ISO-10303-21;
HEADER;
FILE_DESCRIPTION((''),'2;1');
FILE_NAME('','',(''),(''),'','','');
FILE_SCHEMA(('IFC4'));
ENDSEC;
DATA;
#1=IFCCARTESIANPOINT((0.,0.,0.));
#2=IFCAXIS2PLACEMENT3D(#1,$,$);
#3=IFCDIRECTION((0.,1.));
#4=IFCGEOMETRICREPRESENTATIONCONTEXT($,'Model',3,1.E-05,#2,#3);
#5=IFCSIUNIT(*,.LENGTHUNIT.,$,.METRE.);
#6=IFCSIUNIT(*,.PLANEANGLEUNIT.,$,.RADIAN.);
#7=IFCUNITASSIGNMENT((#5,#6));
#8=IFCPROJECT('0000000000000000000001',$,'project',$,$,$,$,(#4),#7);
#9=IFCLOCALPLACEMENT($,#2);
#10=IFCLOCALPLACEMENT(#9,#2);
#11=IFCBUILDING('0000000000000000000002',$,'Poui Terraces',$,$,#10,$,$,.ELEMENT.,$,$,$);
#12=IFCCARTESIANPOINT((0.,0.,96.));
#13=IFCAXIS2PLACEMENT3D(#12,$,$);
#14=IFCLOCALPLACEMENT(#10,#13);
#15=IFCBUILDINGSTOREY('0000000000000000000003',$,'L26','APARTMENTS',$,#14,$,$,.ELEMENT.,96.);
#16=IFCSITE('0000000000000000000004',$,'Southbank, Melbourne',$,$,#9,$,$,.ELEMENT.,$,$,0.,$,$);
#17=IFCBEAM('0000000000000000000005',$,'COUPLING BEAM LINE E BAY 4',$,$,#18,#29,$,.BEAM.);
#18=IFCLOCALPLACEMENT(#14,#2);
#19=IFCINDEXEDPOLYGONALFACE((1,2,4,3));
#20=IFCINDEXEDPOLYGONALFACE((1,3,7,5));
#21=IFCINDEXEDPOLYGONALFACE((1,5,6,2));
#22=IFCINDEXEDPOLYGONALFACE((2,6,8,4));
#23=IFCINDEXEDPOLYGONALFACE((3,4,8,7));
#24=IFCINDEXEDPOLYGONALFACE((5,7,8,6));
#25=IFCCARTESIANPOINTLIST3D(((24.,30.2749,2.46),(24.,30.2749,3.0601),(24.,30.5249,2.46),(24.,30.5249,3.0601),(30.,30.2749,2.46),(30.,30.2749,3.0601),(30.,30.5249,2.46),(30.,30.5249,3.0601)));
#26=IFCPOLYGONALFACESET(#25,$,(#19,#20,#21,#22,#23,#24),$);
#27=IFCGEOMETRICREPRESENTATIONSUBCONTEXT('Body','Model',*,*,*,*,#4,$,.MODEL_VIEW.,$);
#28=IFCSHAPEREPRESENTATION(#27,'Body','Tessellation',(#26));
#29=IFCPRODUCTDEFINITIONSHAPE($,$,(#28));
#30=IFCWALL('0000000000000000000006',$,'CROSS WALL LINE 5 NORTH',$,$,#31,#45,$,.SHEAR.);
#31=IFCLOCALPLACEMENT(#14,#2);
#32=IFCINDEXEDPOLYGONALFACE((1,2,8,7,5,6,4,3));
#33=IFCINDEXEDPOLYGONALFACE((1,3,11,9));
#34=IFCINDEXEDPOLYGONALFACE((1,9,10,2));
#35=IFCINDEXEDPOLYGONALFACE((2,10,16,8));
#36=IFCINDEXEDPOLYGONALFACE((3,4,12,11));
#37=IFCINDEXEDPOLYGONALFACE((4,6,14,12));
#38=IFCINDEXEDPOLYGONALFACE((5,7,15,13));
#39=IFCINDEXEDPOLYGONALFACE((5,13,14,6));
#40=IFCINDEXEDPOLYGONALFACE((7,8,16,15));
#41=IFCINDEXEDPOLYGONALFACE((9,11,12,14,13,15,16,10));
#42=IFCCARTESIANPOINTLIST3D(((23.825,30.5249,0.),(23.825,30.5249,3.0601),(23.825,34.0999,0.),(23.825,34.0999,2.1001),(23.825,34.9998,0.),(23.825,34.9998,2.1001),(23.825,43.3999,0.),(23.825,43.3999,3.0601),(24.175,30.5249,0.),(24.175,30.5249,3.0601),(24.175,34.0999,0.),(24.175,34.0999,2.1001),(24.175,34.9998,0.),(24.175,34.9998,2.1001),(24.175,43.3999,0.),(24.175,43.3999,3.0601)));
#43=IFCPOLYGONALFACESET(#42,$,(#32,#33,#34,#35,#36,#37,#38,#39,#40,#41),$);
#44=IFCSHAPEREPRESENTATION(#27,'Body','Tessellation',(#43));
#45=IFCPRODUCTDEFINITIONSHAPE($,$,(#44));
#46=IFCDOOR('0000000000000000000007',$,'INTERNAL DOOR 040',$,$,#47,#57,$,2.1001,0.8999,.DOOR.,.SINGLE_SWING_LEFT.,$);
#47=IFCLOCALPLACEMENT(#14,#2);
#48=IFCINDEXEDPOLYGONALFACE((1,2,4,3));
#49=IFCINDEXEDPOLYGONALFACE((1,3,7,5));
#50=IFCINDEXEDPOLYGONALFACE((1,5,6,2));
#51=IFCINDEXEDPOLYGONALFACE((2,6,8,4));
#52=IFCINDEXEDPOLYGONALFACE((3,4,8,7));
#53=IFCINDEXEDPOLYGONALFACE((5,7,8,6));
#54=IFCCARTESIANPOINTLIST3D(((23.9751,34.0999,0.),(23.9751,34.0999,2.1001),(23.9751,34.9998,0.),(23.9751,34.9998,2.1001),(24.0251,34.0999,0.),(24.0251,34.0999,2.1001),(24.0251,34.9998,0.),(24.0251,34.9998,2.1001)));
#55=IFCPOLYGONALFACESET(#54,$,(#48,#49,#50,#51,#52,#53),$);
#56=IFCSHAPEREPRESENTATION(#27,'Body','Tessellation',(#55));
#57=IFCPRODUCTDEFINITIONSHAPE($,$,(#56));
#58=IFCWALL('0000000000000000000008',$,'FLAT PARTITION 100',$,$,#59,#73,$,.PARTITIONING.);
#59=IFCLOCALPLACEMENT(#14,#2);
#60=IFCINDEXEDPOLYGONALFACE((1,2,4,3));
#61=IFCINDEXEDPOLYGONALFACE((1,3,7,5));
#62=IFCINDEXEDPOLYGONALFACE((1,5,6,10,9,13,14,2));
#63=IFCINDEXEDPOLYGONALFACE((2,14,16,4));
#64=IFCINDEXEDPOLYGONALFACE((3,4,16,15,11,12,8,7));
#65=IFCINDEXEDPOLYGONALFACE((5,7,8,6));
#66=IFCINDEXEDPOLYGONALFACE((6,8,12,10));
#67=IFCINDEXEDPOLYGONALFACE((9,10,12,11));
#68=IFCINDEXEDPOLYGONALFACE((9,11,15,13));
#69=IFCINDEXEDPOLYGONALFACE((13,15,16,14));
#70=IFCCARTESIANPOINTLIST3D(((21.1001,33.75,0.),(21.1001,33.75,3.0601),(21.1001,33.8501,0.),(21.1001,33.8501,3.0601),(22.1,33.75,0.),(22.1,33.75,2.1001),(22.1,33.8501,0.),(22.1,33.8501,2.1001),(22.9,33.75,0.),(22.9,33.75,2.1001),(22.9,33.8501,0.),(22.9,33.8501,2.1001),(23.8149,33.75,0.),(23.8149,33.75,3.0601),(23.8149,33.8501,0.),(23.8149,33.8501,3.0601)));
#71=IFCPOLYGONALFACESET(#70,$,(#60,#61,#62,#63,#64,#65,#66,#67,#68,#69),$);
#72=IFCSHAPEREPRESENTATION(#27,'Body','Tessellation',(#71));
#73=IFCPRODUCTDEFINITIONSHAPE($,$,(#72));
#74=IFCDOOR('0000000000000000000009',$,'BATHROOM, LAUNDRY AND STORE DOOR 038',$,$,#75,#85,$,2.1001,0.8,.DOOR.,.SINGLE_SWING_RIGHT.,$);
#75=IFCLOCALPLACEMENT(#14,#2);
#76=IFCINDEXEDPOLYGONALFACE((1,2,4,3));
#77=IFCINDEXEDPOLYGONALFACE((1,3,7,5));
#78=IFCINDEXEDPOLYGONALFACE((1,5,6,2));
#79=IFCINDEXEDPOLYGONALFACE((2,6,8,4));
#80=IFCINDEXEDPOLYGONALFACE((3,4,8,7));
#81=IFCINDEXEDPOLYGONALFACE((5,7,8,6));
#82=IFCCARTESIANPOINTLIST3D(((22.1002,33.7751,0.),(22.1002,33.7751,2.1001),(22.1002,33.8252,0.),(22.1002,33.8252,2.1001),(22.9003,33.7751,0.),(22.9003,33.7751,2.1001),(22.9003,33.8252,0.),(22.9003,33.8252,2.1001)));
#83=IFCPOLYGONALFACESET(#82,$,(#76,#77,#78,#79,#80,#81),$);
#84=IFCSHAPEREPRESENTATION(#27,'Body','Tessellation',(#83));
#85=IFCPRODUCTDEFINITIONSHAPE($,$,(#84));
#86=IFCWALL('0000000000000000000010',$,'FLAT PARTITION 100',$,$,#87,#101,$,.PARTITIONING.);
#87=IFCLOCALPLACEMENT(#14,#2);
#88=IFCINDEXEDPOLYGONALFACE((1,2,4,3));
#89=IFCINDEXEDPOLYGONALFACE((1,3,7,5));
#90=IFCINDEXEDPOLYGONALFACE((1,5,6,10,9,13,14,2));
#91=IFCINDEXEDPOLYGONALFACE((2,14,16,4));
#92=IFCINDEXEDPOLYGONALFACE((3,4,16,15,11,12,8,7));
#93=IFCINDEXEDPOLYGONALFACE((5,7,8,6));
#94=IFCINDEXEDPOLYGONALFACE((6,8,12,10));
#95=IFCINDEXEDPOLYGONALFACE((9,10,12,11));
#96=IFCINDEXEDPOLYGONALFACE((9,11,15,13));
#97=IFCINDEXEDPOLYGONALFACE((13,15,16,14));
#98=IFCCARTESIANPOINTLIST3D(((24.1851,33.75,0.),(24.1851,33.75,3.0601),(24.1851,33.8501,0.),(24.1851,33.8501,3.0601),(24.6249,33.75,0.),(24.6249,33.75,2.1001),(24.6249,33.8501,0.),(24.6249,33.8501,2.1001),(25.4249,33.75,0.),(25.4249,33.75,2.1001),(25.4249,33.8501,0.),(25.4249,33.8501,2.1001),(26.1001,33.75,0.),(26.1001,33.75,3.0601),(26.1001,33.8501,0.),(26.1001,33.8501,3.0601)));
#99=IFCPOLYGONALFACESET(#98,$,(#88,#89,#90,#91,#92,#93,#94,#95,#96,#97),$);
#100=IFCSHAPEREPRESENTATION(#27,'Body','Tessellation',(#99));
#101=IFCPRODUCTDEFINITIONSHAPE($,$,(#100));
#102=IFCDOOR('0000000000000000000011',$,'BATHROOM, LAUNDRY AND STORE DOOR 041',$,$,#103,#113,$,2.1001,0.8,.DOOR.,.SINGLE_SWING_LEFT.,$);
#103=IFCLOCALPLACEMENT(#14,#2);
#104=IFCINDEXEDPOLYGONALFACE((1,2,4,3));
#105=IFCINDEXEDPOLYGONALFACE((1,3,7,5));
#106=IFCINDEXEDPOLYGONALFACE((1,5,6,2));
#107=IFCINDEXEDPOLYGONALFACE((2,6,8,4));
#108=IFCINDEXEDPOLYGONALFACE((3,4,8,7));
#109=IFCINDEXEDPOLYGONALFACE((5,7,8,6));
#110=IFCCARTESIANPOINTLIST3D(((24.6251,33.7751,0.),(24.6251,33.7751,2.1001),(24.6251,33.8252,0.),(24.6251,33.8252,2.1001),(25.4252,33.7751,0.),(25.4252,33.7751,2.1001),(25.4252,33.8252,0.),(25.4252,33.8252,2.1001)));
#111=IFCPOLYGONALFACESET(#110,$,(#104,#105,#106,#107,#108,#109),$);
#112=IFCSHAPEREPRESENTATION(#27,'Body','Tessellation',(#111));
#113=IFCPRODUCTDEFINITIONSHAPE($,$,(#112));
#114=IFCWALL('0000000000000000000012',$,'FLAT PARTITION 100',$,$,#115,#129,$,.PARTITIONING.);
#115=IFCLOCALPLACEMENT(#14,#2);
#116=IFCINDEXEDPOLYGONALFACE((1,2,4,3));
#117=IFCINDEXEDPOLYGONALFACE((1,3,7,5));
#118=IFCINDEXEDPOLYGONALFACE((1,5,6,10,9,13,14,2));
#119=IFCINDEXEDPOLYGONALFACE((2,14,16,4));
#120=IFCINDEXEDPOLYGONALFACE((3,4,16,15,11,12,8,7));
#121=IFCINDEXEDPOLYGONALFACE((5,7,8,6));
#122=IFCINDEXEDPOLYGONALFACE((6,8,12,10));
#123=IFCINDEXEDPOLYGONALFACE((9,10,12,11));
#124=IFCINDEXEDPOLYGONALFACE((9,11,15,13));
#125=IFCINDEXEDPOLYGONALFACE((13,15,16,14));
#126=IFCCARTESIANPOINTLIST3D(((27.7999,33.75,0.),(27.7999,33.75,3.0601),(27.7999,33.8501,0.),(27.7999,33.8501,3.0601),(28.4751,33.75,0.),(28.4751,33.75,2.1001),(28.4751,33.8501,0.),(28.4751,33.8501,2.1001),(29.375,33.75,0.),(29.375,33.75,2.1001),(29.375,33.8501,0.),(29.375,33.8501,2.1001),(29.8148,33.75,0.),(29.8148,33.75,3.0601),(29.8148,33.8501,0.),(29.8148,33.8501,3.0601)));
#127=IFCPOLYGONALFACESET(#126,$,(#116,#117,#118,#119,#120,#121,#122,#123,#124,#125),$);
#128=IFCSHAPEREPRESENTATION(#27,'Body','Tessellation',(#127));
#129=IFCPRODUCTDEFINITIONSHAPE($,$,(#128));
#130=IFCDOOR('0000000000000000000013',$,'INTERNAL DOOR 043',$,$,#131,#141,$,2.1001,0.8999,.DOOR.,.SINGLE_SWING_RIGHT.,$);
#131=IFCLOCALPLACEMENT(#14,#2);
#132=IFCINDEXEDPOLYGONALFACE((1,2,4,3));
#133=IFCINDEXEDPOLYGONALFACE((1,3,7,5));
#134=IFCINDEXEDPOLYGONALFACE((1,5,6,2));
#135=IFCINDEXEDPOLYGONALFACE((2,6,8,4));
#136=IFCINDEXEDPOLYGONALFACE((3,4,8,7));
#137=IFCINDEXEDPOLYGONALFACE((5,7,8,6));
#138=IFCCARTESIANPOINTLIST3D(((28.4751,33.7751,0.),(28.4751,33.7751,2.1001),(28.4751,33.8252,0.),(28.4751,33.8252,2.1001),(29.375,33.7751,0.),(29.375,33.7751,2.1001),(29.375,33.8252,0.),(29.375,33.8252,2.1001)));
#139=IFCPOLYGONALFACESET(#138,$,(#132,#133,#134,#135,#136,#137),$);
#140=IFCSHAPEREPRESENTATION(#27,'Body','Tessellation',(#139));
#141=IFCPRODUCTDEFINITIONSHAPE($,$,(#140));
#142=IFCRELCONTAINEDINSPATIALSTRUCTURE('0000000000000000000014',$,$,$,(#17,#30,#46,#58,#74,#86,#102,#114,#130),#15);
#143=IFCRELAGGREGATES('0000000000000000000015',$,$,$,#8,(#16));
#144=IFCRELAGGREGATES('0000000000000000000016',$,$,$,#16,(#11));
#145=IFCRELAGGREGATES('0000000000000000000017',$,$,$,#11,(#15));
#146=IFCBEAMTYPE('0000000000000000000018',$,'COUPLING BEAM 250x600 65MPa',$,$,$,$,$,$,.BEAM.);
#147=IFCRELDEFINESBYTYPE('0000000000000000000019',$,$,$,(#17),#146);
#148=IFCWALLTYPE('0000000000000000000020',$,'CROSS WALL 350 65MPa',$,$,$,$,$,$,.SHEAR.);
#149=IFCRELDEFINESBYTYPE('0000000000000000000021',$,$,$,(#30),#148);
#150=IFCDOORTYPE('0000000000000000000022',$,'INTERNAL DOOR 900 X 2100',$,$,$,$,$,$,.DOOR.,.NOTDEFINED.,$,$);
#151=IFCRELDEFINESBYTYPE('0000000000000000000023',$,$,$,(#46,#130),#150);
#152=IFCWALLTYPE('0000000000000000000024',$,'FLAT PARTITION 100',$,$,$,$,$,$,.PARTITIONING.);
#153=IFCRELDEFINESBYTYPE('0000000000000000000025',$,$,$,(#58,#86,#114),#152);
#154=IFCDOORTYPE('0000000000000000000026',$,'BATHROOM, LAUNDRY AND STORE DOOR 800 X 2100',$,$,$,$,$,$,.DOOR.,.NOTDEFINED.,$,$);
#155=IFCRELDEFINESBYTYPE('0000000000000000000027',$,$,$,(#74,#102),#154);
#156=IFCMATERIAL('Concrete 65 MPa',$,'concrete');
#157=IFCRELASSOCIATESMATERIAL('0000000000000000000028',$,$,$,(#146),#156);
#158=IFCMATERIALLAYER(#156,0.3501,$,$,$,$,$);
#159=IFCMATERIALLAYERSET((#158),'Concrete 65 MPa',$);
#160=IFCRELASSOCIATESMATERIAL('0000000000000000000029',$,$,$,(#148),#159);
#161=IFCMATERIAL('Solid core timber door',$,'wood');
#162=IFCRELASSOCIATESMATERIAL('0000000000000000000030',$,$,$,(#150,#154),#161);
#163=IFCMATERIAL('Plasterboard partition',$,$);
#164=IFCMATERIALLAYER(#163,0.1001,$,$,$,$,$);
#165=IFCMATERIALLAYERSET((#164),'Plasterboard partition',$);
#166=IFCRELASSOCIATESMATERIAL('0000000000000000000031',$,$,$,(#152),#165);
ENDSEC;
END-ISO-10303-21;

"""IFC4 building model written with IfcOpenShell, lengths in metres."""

from ifc_helpers import new_model, si_unit, direction, frame, frame_2d, origin, origin_2d, place, context, subcontext, project, spatial, rectangle, extrude, source, transform, mapped, material, layer, layer_set, material_profile, profile_set, type_object, element, fill, save


model = new_model("IFC4")

# Units and contexts
model_context = context("Model", 3, precision=1e-05, world=origin(), true_north=direction((0.0, 1.0)))
body_context = subcontext(model_context, "Body", "Model", "MODEL_VIEW")
ifc_project = project(units=[si_unit("LENGTHUNIT", "METRE"), si_unit("PLANEANGLEUNIT", "RADIAN")], contexts=[model_context])

# Site, building, storey
site_placement = place(None, origin())
site = spatial("IfcSite", under=ifc_project, at=site_placement, Name="Southbank, Melbourne", CompositionType="ELEMENT", RefElevation=0.0)
building_placement = place(site_placement, origin())
building = spatial("IfcBuilding", under=site, at=building_placement, Name="Poui Terraces", CompositionType="ELEMENT")
storey_placement = place(building_placement, frame((0.0, 0.0, 96.0)))
storey = spatial("IfcBuildingStorey", under=building, at=storey_placement, Name="L26", Description="APARTMENTS", CompositionType="ELEMENT", Elevation=96.0)

# Beam
ifc_material_1 = material(Name="Concrete 65 MPa", Category="concrete")
ifc_material_profile_1 = material_profile(ifc_material_1, rectangle(XDim=0.25, YDim=0.6001, at=origin_2d()), Name="RC 250x600")
ifc_profile_set_1 = profile_set([ifc_material_profile_1], Name="Concrete 65 MPa")
beam_type = type_object("IfcBeamType", Name="COUPLING BEAM 250x600 65MPa", PredefinedType="BEAM", material=ifc_profile_set_1)
shared_shape_1 = source(origin(), body_context, "Body", "SweptSolid", [
    extrude(rectangle(XDim=0.25, YDim=0.6001, at=origin_2d()), origin(), (0.0, 0.0, 1.0), 6.0),
])
beam_placement = place(storey_placement, frame((24.0, 30.3999, 2.76), z_axis=(1.0, 0.0, 0.0), x_axis=(0.0, 1.0, 0.0)))
element("IfcBeam", 1, at=beam_placement, inside=storey, type_object=beam_type, Name="COUPLING BEAM LINE E BAY 4", PredefinedType="BEAM", context=body_context, shape_type="MappedRepresentation", body=[
    mapped(shared_shape_1, transform((0.0, 0.0, 0.0))),
])

# Walls, openings, doors
ifc_layer_1 = layer(ifc_material_1, 0.3501)
ifc_layer_set_1 = layer_set([ifc_layer_1], Name="Concrete 65 MPa")
wall_type_1 = type_object("IfcWallType", Name="CROSS WALL 350 65MPa", PredefinedType="SHEAR", material=ifc_layer_set_1)
wall_1_placement = place(storey_placement, frame((24.0, 30.5249, 0.0), z_axis=(0.0, 0.0, 1.0), x_axis=(0.0, 1.0, 0.0)))
wall_1 = element("IfcWall", 2, at=wall_1_placement, inside=storey, type_object=wall_type_1, Name="CROSS WALL LINE 5 NORTH", PredefinedType="SHEAR", context=body_context, shape_type="SweptSolid", body=[
    extrude(rectangle(XDim=12.875, YDim=0.3501, at=frame_2d((6.4375, 0.0))), origin(), (0.0, 0.0, 1.0), 3.0601),
])
opening_1_placement = place(wall_1_placement, frame((3.575, 0.0, 0.0)))
opening_1 = element("IfcOpeningElement", 3, at=opening_1_placement, cuts=wall_1, PredefinedType="OPENING", context=body_context, shape_type="SweptSolid", body=[
    extrude(rectangle(XDim=0.8999, YDim=2.1001, at=frame_2d((0.45, 1.05))), frame((0.0, 0.1851, 0.0), z_axis=(0.0, -1.0, 0.0), x_axis=(1.0, 0.0, 0.0)), (0.0, 0.0, 1.0), 0.3701),
])
ifc_material_2 = material(Name="Solid core timber door", Category="wood")
door_type_1 = type_object("IfcDoorType", Name="INTERNAL DOOR 900 X 2100", OperationType="NOTDEFINED", PredefinedType="DOOR", material=ifc_material_2)
door_1_placement = place(opening_1_placement, origin())
door_1 = element("IfcDoor", 4, at=door_1_placement, inside=storey, type_object=door_type_1, Name="INTERNAL DOOR 040", OperationType="SINGLE_SWING_LEFT", OverallHeight=2.1001, OverallWidth=0.8999, PredefinedType="DOOR", context=body_context, shape_type="SweptSolid", body=[
    extrude(rectangle(XDim=0.8999, YDim=2.1001, at=frame_2d((0.45, 1.05))), frame((0.0, 0.0249, 0.0), z_axis=(0.0, -1.0, 0.0), x_axis=(1.0, 0.0, 0.0)), (0.0, 0.0, 1.0), 0.05),
])
fill(opening_1, door_1)
ifc_material_3 = material(Name="Plasterboard partition")
ifc_layer_2 = layer(ifc_material_3, 0.1001)
ifc_layer_set_2 = layer_set([ifc_layer_2], Name="Plasterboard partition")
wall_type_2 = type_object("IfcWallType", Name="FLAT PARTITION 100", PredefinedType="PARTITIONING", material=ifc_layer_set_2)
wall_2_placement = place(storey_placement, frame((21.1001, 33.8, 0.0), z_axis=(0.0, 0.0, 1.0), x_axis=(1.0, 0.0, 0.0)))
wall_2 = element("IfcWall", 5, at=wall_2_placement, inside=storey, type_object=wall_type_2, Name="FLAT PARTITION 100", PredefinedType="PARTITIONING", context=body_context, shape_type="SweptSolid", body=[
    extrude(rectangle(XDim=2.7148, YDim=0.1001, at=frame_2d((1.3574, 0.0))), origin(), (0.0, 0.0, 1.0), 3.0601),
])
opening_2_placement = place(wall_2_placement, frame((1.0, 0.0, 0.0)))
opening_2 = element("IfcOpeningElement", 6, at=opening_2_placement, cuts=wall_2, PredefinedType="OPENING", context=body_context, shape_type="SweptSolid", body=[
    extrude(rectangle(XDim=0.8, YDim=2.1001, at=frame_2d((0.3999, 1.05))), frame((0.0, 0.0601, 0.0), z_axis=(0.0, -1.0, 0.0), x_axis=(1.0, 0.0, 0.0)), (0.0, 0.0, 1.0), 0.1201),
])
door_type_2 = type_object("IfcDoorType", Name="BATHROOM, LAUNDRY AND STORE DOOR 800 X 2100", OperationType="NOTDEFINED", PredefinedType="DOOR", material=ifc_material_2)
door_2_placement = place(opening_2_placement, frame((0.8, 0.0, 0.0), z_axis=(0.0, 0.0, 1.0), x_axis=(-1.0, 0.0, 0.0)))
door_2 = element("IfcDoor", 7, at=door_2_placement, inside=storey, type_object=door_type_2, Name="BATHROOM, LAUNDRY AND STORE DOOR 038", OperationType="SINGLE_SWING_RIGHT", OverallHeight=2.1001, OverallWidth=0.8, PredefinedType="DOOR", context=body_context, shape_type="SweptSolid", body=[
    extrude(rectangle(XDim=0.8, YDim=2.1001, at=frame_2d((0.3999, 1.05))), frame((0.0, 0.0249, 0.0), z_axis=(0.0, -1.0, 0.0), x_axis=(1.0, 0.0, 0.0)), (0.0, 0.0, 1.0), 0.05),
])
fill(opening_2, door_2)
wall_3_placement = place(storey_placement, frame((24.1851, 33.8, 0.0), z_axis=(0.0, 0.0, 1.0), x_axis=(1.0, 0.0, 0.0)))
wall_3 = element("IfcWall", 8, at=wall_3_placement, inside=storey, type_object=wall_type_2, Name="FLAT PARTITION 100", PredefinedType="PARTITIONING", context=body_context, shape_type="SweptSolid", body=[
    extrude(rectangle(XDim=1.915, YDim=0.1001, at=frame_2d((0.9575, 0.0))), origin(), (0.0, 0.0, 1.0), 3.0601),
])
opening_3_placement = place(wall_3_placement, frame((0.4399, 0.0, 0.0)))
opening_3 = element("IfcOpeningElement", 9, at=opening_3_placement, cuts=wall_3, PredefinedType="OPENING", context=body_context, shape_type="SweptSolid", body=[
    extrude(rectangle(XDim=0.8, YDim=2.1001, at=frame_2d((0.3999, 1.05))), frame((0.0, 0.0601, 0.0), z_axis=(0.0, -1.0, 0.0), x_axis=(1.0, 0.0, 0.0)), (0.0, 0.0, 1.0), 0.1201),
])
door_3_placement = place(opening_3_placement, frame((0.8, 0.0, 0.0), z_axis=(0.0, 0.0, 1.0), x_axis=(-1.0, 0.0, 0.0)))
door_3 = element("IfcDoor", 10, at=door_3_placement, inside=storey, type_object=door_type_2, Name="BATHROOM, LAUNDRY AND STORE DOOR 041", OperationType="SINGLE_SWING_LEFT", OverallHeight=2.1001, OverallWidth=0.8, PredefinedType="DOOR", context=body_context, shape_type="SweptSolid", body=[
    extrude(rectangle(XDim=0.8, YDim=2.1001, at=frame_2d((0.3999, 1.05))), frame((0.0, 0.0249, 0.0), z_axis=(0.0, -1.0, 0.0), x_axis=(1.0, 0.0, 0.0)), (0.0, 0.0, 1.0), 0.05),
])
fill(opening_3, door_3)
wall_4_placement = place(storey_placement, frame((27.8, 33.8, 0.0), z_axis=(0.0, 0.0, 1.0), x_axis=(1.0, 0.0, 0.0)))
wall_4 = element("IfcWall", 11, at=wall_4_placement, inside=storey, type_object=wall_type_2, Name="FLAT PARTITION 100", PredefinedType="PARTITIONING", context=body_context, shape_type="SweptSolid", body=[
    extrude(rectangle(XDim=2.0149, YDim=0.1001, at=frame_2d((1.0073, 0.0))), origin(), (0.0, 0.0, 1.0), 3.0601),
])
opening_4_placement = place(wall_4_placement, frame((0.675, 0.0, 0.0)))
opening_4 = element("IfcOpeningElement", 12, at=opening_4_placement, cuts=wall_4, PredefinedType="OPENING", context=body_context, shape_type="SweptSolid", body=[
    extrude(rectangle(XDim=0.8999, YDim=2.1001, at=frame_2d((0.45, 1.05))), frame((0.0, 0.0601, 0.0), z_axis=(0.0, -1.0, 0.0), x_axis=(1.0, 0.0, 0.0)), (0.0, 0.0, 1.0), 0.1201),
])
door_4_placement = place(opening_4_placement, frame((0.8999, 0.0, 0.0), z_axis=(0.0, 0.0, 1.0), x_axis=(-1.0, 0.0, 0.0)))
door_4 = element("IfcDoor", 13, at=door_4_placement, inside=storey, type_object=door_type_1, Name="INTERNAL DOOR 043", OperationType="SINGLE_SWING_RIGHT", OverallHeight=2.1001, OverallWidth=0.8999, PredefinedType="DOOR", context=body_context, shape_type="SweptSolid", body=[
    extrude(rectangle(XDim=0.8999, YDim=2.1001, at=frame_2d((0.45, 1.05))), frame((0.0, 0.0249, 0.0), z_axis=(0.0, -1.0, 0.0), x_axis=(1.0, 0.0, 0.0)), (0.0, 0.0, 1.0), 0.05),
])
fill(opening_4, door_4)

save(model, "model.ifc")
